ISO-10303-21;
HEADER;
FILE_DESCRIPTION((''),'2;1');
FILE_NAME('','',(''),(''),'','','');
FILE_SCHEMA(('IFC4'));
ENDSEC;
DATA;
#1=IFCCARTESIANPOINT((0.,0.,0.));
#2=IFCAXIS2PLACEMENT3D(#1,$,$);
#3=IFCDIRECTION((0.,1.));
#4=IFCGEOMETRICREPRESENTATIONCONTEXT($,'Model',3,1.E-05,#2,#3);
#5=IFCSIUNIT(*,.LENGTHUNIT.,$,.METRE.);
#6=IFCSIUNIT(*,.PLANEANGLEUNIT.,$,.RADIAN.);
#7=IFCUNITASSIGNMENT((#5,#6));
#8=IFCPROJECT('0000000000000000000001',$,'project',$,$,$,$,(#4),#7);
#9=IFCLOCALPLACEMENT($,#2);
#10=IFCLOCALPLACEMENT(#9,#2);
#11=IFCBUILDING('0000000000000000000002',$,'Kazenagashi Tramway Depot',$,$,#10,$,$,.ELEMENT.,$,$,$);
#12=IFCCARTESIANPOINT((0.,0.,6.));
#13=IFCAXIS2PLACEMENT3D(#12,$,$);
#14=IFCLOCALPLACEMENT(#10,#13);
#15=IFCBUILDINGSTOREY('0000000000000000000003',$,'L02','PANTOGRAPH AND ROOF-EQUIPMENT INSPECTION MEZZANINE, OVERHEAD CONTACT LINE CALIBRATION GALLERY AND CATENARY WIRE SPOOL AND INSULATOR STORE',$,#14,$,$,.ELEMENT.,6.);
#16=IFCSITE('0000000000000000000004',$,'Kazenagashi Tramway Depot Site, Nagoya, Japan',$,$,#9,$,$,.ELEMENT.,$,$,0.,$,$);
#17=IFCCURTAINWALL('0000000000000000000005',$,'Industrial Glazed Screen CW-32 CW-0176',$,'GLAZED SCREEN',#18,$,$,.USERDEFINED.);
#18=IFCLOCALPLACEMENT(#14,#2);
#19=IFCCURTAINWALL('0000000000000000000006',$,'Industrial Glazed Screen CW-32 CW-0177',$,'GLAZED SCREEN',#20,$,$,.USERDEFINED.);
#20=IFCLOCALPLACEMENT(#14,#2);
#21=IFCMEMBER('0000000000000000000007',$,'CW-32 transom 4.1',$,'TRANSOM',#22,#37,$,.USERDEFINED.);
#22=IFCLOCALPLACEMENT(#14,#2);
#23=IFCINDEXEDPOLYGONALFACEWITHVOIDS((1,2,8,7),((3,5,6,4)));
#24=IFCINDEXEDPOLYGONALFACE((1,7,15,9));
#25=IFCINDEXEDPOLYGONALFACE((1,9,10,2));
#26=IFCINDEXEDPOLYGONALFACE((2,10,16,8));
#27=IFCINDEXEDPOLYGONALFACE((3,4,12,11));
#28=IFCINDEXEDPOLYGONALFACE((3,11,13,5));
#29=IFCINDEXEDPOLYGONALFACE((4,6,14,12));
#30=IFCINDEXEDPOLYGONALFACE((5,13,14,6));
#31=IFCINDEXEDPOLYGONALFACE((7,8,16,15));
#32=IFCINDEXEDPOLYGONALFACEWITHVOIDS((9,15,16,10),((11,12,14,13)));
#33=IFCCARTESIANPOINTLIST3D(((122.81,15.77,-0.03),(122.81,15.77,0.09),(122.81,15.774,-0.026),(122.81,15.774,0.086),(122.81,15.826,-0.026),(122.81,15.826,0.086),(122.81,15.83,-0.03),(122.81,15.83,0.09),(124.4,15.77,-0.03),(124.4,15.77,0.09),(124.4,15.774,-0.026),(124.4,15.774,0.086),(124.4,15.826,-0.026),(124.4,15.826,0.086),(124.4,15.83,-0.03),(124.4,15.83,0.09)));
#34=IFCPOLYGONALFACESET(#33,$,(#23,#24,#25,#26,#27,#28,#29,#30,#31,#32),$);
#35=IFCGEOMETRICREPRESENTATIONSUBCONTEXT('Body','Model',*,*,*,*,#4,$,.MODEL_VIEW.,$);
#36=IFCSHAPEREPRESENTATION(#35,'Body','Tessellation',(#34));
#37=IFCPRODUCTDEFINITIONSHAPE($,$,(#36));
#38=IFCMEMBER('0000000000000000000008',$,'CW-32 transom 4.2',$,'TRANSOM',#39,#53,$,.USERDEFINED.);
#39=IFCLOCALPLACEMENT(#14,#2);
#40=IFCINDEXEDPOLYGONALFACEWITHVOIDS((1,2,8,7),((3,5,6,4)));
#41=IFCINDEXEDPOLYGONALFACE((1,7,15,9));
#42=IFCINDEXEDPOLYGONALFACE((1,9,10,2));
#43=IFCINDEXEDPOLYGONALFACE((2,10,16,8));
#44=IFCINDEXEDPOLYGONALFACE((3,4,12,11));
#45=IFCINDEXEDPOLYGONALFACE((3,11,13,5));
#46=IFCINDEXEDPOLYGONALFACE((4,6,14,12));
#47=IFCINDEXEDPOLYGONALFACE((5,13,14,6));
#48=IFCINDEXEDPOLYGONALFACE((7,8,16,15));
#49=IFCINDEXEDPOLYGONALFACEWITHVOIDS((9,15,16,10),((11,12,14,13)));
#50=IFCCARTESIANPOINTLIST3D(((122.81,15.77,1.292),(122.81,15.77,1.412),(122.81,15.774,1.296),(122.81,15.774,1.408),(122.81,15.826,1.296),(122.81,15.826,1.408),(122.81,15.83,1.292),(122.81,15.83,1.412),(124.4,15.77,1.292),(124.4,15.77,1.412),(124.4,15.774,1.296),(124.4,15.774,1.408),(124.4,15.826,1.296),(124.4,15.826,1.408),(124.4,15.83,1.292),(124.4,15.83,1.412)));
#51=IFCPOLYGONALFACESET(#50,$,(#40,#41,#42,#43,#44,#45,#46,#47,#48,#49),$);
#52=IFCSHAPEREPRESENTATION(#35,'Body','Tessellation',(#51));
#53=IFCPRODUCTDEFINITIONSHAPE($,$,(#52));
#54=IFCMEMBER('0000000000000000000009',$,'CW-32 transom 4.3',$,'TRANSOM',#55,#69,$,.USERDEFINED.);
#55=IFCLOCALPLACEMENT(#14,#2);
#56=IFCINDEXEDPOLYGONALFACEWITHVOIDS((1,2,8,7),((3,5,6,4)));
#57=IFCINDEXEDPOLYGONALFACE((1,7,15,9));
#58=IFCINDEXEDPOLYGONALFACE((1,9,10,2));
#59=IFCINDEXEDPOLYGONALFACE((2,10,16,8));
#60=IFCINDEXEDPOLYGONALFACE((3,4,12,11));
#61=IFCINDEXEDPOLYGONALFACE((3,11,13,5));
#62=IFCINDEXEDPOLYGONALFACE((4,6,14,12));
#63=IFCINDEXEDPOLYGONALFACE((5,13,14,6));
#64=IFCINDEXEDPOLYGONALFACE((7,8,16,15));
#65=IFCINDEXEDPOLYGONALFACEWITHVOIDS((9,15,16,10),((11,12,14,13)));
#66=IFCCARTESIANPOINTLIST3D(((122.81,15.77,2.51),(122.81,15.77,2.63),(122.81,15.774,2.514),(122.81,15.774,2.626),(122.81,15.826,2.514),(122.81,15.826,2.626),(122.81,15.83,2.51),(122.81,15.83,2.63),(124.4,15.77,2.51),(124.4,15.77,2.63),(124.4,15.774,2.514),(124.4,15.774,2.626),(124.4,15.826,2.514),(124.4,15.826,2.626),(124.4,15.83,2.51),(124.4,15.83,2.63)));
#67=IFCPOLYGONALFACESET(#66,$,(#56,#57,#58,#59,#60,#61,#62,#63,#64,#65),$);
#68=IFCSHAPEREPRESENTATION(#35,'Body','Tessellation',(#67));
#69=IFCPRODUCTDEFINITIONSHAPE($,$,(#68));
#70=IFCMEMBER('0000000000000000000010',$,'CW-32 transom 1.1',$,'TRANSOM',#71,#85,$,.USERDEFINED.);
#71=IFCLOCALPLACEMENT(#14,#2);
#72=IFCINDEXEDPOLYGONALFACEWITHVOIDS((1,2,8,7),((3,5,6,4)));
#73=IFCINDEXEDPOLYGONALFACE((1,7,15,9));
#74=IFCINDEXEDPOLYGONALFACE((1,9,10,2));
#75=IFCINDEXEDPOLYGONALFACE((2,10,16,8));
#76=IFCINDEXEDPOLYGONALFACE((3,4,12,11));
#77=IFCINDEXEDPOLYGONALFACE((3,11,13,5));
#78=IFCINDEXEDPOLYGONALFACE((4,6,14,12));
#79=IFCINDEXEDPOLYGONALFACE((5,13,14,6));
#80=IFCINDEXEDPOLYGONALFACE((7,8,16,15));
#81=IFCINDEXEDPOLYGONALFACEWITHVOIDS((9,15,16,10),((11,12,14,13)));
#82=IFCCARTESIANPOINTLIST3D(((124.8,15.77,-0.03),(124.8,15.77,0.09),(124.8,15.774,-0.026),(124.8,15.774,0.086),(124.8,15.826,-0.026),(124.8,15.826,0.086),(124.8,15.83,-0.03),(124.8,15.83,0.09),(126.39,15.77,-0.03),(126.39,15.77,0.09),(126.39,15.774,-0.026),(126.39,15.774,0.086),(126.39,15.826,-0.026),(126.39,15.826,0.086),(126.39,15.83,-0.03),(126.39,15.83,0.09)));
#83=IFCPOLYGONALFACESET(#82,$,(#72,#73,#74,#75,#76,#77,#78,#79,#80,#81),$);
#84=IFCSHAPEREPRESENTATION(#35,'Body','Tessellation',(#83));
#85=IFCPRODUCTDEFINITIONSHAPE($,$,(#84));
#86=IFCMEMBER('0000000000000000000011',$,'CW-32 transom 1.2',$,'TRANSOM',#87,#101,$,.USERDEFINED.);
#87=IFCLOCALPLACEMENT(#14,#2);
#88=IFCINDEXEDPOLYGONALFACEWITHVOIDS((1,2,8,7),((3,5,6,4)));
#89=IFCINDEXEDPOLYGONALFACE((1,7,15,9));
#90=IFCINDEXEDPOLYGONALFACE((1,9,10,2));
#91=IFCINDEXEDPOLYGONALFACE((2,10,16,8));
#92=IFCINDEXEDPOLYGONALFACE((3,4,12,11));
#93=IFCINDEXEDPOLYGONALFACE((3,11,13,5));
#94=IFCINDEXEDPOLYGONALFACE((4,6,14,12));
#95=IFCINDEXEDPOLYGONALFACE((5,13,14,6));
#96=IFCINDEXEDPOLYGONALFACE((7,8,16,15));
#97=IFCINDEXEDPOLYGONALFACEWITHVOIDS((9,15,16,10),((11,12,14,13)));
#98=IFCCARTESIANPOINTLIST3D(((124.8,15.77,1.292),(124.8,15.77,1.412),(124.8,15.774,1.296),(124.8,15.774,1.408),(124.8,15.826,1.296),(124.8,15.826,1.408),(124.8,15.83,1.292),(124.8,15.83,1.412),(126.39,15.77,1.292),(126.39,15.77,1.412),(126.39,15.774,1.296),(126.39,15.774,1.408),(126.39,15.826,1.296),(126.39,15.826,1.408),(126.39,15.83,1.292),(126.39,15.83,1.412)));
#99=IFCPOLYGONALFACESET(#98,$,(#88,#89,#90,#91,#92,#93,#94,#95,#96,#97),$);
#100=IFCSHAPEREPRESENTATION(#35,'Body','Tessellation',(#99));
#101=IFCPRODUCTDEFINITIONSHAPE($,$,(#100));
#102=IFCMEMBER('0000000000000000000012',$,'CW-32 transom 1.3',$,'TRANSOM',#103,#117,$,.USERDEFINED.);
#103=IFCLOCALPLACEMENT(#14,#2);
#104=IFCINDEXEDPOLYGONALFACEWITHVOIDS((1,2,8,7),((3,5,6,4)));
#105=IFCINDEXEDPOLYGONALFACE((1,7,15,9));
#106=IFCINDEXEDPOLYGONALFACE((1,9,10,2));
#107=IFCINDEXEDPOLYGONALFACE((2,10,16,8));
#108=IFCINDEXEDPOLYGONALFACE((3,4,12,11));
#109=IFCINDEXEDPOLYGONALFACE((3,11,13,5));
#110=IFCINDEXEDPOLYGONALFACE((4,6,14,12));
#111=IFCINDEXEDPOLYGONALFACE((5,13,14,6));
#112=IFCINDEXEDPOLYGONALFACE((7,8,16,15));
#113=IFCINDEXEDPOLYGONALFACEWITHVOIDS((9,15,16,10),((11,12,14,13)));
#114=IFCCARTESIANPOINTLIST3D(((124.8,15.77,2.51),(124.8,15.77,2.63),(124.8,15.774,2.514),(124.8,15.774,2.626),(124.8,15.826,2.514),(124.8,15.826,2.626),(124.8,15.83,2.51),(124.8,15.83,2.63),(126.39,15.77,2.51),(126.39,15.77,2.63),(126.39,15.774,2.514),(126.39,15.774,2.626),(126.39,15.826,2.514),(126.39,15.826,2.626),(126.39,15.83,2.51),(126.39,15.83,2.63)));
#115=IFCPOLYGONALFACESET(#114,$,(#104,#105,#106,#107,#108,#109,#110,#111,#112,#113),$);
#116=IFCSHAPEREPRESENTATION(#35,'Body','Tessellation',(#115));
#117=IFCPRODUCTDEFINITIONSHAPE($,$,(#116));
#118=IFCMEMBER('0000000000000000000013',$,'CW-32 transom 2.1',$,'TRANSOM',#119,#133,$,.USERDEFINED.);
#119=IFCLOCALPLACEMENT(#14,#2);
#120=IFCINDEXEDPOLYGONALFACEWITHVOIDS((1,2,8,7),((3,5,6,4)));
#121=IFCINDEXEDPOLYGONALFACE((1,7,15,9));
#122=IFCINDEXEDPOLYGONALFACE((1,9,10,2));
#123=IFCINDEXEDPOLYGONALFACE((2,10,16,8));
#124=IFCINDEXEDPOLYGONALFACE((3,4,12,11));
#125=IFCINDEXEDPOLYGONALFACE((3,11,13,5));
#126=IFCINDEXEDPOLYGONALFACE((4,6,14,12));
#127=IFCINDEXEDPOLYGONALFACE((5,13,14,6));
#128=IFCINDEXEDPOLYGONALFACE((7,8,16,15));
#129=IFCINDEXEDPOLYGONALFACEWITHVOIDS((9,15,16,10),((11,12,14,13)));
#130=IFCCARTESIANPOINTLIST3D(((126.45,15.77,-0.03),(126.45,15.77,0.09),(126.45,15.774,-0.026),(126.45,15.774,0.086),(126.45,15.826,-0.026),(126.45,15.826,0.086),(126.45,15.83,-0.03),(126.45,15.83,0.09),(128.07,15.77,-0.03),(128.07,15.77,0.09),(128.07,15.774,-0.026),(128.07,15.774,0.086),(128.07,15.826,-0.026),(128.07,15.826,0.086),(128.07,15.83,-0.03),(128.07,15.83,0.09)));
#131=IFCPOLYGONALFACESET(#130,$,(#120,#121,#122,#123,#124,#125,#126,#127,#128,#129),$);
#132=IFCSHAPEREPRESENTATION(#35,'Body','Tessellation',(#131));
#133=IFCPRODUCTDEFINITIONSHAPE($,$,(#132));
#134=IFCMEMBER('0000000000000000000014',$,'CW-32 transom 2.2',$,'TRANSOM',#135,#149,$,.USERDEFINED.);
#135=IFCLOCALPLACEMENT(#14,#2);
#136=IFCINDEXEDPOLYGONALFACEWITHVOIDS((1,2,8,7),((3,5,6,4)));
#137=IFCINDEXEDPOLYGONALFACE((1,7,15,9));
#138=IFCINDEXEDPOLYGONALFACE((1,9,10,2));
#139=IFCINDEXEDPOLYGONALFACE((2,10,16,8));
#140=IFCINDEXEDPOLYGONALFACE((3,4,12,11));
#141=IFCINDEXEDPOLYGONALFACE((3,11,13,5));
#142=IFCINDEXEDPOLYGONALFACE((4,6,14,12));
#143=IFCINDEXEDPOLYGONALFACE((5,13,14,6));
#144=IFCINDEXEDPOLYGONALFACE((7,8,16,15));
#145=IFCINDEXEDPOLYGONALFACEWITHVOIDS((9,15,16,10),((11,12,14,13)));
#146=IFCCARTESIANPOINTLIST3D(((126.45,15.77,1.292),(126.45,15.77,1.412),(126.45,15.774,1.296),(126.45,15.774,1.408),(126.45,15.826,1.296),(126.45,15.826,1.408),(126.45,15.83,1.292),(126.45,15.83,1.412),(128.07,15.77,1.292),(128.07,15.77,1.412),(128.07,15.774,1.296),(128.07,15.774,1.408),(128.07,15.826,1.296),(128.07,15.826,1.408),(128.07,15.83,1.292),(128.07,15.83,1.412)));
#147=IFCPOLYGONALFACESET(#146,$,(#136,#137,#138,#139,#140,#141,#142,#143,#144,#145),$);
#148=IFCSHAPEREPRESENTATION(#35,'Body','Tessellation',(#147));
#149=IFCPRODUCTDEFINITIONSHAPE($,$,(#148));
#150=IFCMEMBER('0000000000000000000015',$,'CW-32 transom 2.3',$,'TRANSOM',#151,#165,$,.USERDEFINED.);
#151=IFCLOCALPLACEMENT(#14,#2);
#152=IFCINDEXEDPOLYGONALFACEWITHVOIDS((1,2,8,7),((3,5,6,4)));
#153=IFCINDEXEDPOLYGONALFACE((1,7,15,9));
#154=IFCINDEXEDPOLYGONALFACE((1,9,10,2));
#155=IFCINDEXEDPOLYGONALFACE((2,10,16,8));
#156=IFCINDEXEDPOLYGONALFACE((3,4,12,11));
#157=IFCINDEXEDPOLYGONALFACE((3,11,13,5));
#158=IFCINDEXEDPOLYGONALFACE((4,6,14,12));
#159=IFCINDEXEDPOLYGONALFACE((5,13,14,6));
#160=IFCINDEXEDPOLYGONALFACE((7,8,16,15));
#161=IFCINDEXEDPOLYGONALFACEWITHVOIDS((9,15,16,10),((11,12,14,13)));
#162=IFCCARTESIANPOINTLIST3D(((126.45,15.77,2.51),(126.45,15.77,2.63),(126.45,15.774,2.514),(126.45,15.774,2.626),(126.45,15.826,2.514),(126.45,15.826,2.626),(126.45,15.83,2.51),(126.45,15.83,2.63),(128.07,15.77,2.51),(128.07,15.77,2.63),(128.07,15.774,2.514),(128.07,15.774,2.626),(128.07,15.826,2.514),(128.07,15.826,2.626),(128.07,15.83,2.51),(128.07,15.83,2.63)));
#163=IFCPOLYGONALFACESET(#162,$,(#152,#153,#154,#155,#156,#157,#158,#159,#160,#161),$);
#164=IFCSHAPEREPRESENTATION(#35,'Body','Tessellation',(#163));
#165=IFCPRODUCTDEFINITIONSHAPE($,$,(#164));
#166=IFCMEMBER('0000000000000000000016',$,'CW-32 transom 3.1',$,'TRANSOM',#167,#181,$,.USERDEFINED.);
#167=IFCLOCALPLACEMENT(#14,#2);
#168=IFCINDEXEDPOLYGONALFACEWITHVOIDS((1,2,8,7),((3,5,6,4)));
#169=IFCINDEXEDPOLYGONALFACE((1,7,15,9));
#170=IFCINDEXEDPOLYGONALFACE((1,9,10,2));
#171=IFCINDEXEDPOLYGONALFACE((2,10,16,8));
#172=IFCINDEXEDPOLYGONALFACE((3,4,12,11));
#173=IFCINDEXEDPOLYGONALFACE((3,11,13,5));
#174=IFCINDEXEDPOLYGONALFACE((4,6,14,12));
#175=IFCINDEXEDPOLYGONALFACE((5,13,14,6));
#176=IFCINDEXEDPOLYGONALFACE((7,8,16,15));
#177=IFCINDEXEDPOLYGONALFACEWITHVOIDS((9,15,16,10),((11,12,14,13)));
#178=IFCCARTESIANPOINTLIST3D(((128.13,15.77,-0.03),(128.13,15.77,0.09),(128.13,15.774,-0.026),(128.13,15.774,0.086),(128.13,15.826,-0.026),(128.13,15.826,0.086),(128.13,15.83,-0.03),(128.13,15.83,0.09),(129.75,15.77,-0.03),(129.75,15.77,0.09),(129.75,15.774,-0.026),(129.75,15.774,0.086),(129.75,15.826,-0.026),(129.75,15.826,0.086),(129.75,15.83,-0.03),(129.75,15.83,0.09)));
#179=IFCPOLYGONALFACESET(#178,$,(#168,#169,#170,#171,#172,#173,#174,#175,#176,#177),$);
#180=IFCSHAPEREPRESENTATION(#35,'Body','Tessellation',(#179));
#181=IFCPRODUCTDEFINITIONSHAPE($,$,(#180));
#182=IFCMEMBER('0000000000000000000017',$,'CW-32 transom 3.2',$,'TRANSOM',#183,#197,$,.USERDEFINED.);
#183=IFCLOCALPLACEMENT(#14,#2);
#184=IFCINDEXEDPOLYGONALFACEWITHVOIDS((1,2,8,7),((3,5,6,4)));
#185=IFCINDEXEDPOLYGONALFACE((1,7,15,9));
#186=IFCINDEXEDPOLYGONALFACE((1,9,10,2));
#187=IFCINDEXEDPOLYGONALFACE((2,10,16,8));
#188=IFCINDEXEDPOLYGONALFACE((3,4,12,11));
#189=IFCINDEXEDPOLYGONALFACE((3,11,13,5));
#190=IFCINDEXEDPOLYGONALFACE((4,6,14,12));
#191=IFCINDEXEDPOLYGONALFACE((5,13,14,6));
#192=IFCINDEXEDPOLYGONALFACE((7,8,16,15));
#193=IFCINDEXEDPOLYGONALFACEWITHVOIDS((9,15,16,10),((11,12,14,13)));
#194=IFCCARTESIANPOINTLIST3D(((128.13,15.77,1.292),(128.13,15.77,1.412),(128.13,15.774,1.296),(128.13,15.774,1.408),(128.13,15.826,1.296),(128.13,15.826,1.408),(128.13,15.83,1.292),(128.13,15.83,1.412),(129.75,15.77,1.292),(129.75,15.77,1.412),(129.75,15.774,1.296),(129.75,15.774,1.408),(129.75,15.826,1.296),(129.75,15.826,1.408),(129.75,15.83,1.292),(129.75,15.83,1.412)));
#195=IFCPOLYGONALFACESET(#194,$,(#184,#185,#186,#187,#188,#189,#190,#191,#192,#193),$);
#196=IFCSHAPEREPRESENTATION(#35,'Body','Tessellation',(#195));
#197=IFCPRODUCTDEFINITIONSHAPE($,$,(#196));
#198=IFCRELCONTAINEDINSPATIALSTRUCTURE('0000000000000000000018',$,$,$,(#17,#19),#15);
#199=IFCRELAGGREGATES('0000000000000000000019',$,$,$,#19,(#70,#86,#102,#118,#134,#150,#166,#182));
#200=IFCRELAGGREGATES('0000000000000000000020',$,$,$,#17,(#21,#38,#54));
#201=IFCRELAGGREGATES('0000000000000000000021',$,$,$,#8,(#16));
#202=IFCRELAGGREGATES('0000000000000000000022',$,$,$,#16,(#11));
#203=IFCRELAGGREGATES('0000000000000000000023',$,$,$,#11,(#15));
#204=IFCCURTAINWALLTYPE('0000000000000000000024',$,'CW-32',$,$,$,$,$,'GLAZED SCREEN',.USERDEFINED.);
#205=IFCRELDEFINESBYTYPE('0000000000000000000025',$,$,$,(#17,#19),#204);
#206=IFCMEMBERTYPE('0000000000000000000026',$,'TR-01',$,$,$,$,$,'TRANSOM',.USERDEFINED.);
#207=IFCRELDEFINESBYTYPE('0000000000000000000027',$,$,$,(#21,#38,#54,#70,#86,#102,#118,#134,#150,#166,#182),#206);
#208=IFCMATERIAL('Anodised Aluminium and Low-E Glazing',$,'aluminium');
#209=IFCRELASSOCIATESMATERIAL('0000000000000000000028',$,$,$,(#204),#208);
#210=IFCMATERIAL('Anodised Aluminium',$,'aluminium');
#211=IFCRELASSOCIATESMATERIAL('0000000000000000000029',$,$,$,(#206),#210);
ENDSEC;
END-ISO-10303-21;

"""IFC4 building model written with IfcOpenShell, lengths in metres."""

from ifc_helpers import new_model, si_unit, direction, frame, origin, origin_2d, place, context, subcontext, project, spatial, hollow_rectangle, extrude, material, material_profile, profile_set, type_object, element, aggregate, save


model = new_model("IFC4")

# Units and contexts
model_context = context("Model", 3, precision=1e-05, world=origin(), true_north=direction((0.0, 1.0)))
body_context = subcontext(model_context, "Body", "Model", "MODEL_VIEW")
ifc_project = project(units=[si_unit("LENGTHUNIT", "METRE"), si_unit("PLANEANGLEUNIT", "RADIAN")], contexts=[model_context])

# Site, building, storey
site_placement = place(None, origin())
site = spatial("IfcSite", under=ifc_project, at=site_placement, Name="Kazenagashi Tramway Depot Site, Nagoya, Japan", CompositionType="ELEMENT", RefElevation=0.0)
building_placement = place(site_placement, origin())
building = spatial("IfcBuilding", under=site, at=building_placement, Name="Kazenagashi Tramway Depot", CompositionType="ELEMENT")
storey_placement = place(building_placement, frame((0.0, 0.0, 6.0)))
storey = spatial("IfcBuildingStorey", under=building, at=storey_placement, Name="L02", Description="PANTOGRAPH AND ROOF-EQUIPMENT INSPECTION MEZZANINE, OVERHEAD CONTACT LINE CALIBRATION GALLERY AND CATENARY WIRE SPOOL AND INSULATOR STORE", CompositionType="ELEMENT", Elevation=6.0)

# Curtain wall
ifc_material_1 = material(Name="Anodised Aluminium and Low-E Glazing", Category="aluminium")
curtain_wall_type_1 = type_object("IfcCurtainWallType", Name="CW-32", ElementType="GLAZED SCREEN", PredefinedType="USERDEFINED", material=ifc_material_1)
curtain_wall_1_placement = place(storey_placement, origin())
curtain_wall_1 = element("IfcCurtainWall", 1, at=curtain_wall_1_placement, inside=storey, type_object=curtain_wall_type_1, Name="Industrial Glazed Screen CW-32 CW-0176", ObjectType="GLAZED SCREEN", PredefinedType="USERDEFINED")
ifc_material_2 = material(Name="Anodised Aluminium", Category="aluminium")

# Curtain wall
curtain_wall_2_placement = place(storey_placement, origin())
curtain_wall_2 = element("IfcCurtainWall", 2, at=curtain_wall_2_placement, inside=storey, type_object=curtain_wall_type_1, Name="Industrial Glazed Screen CW-32 CW-0177", ObjectType="GLAZED SCREEN", PredefinedType="USERDEFINED")

# Members
ifc_material_profile_1 = material_profile(ifc_material_2, hollow_rectangle(XDim=0.06, YDim=0.12, WallThickness=0.004, at=origin_2d()), Name="RHS-120x60x4")
ifc_profile_set_1 = profile_set([ifc_material_profile_1], Name="Anodised Aluminium")
member_type_1 = type_object("IfcMemberType", Name="TR-01", ElementType="TRANSOM", PredefinedType="USERDEFINED", material=ifc_profile_set_1)
member_1_placement = place(storey_placement, frame((122.81, 15.8, 0.03), z_axis=(1.0, 0.0, 0.0), x_axis=(0.0, 1.0, 0.0)))
member_1 = element("IfcMember", 3, at=member_1_placement, type_object=member_type_1, Name="CW-32 transom 4.1", ObjectType="TRANSOM", PredefinedType="USERDEFINED", context=body_context, shape_type="SweptSolid", body=[
    extrude(hollow_rectangle(XDim=0.06, YDim=0.12, WallThickness=0.004, at=origin_2d()), origin(), (0.0, 0.0, 1.0), 1.59),
])
member_2_placement = place(storey_placement, frame((122.81, 15.8, 1.352), z_axis=(1.0, 0.0, 0.0), x_axis=(0.0, 1.0, 0.0)))
member_2 = element("IfcMember", 4, at=member_2_placement, type_object=member_type_1, Name="CW-32 transom 4.2", ObjectType="TRANSOM", PredefinedType="USERDEFINED", context=body_context, shape_type="SweptSolid", body=[
    extrude(hollow_rectangle(XDim=0.06, YDim=0.12, WallThickness=0.004, at=origin_2d()), origin(), (0.0, 0.0, 1.0), 1.59),
])
member_3_placement = place(storey_placement, frame((122.81, 15.8, 2.57), z_axis=(1.0, 0.0, 0.0), x_axis=(0.0, 1.0, 0.0)))
member_3 = element("IfcMember", 5, at=member_3_placement, type_object=member_type_1, Name="CW-32 transom 4.3", ObjectType="TRANSOM", PredefinedType="USERDEFINED", context=body_context, shape_type="SweptSolid", body=[
    extrude(hollow_rectangle(XDim=0.06, YDim=0.12, WallThickness=0.004, at=origin_2d()), origin(), (0.0, 0.0, 1.0), 1.59),
])
member_4_placement = place(storey_placement, frame((124.8, 15.8, 0.03), z_axis=(1.0, 0.0, 0.0), x_axis=(0.0, 1.0, 0.0)))
member_4 = element("IfcMember", 6, at=member_4_placement, type_object=member_type_1, Name="CW-32 transom 1.1", ObjectType="TRANSOM", PredefinedType="USERDEFINED", context=body_context, shape_type="SweptSolid", body=[
    extrude(hollow_rectangle(XDim=0.06, YDim=0.12, WallThickness=0.004, at=origin_2d()), origin(), (0.0, 0.0, 1.0), 1.59),
])
member_5_placement = place(storey_placement, frame((124.8, 15.8, 1.352), z_axis=(1.0, 0.0, 0.0), x_axis=(0.0, 1.0, 0.0)))
member_5 = element("IfcMember", 7, at=member_5_placement, type_object=member_type_1, Name="CW-32 transom 1.2", ObjectType="TRANSOM", PredefinedType="USERDEFINED", context=body_context, shape_type="SweptSolid", body=[
    extrude(hollow_rectangle(XDim=0.06, YDim=0.12, WallThickness=0.004, at=origin_2d()), origin(), (0.0, 0.0, 1.0), 1.59),
])
member_6_placement = place(storey_placement, frame((124.8, 15.8, 2.57), z_axis=(1.0, 0.0, 0.0), x_axis=(0.0, 1.0, 0.0)))
member_6 = element("IfcMember", 8, at=member_6_placement, type_object=member_type_1, Name="CW-32 transom 1.3", ObjectType="TRANSOM", PredefinedType="USERDEFINED", context=body_context, shape_type="SweptSolid", body=[
    extrude(hollow_rectangle(XDim=0.06, YDim=0.12, WallThickness=0.004, at=origin_2d()), origin(), (0.0, 0.0, 1.0), 1.59),
])
member_7_placement = place(storey_placement, frame((126.45, 15.8, 0.03), z_axis=(1.0, 0.0, 0.0), x_axis=(0.0, 1.0, 0.0)))
member_7 = element("IfcMember", 9, at=member_7_placement, type_object=member_type_1, Name="CW-32 transom 2.1", ObjectType="TRANSOM", PredefinedType="USERDEFINED", context=body_context, shape_type="SweptSolid", body=[
    extrude(hollow_rectangle(XDim=0.06, YDim=0.12, WallThickness=0.004, at=origin_2d()), origin(), (0.0, 0.0, 1.0), 1.62),
])
member_8_placement = place(storey_placement, frame((126.45, 15.8, 1.352), z_axis=(1.0, 0.0, 0.0), x_axis=(0.0, 1.0, 0.0)))
member_8 = element("IfcMember", 10, at=member_8_placement, type_object=member_type_1, Name="CW-32 transom 2.2", ObjectType="TRANSOM", PredefinedType="USERDEFINED", context=body_context, shape_type="SweptSolid", body=[
    extrude(hollow_rectangle(XDim=0.06, YDim=0.12, WallThickness=0.004, at=origin_2d()), origin(), (0.0, 0.0, 1.0), 1.62),
])
member_9_placement = place(storey_placement, frame((126.45, 15.8, 2.57), z_axis=(1.0, 0.0, 0.0), x_axis=(0.0, 1.0, 0.0)))
member_9 = element("IfcMember", 11, at=member_9_placement, type_object=member_type_1, Name="CW-32 transom 2.3", ObjectType="TRANSOM", PredefinedType="USERDEFINED", context=body_context, shape_type="SweptSolid", body=[
    extrude(hollow_rectangle(XDim=0.06, YDim=0.12, WallThickness=0.004, at=origin_2d()), origin(), (0.0, 0.0, 1.0), 1.62),
])
member_10_placement = place(storey_placement, frame((128.13, 15.8, 0.03), z_axis=(1.0, 0.0, 0.0), x_axis=(0.0, 1.0, 0.0)))
member_10 = element("IfcMember", 12, at=member_10_placement, type_object=member_type_1, Name="CW-32 transom 3.1", ObjectType="TRANSOM", PredefinedType="USERDEFINED", context=body_context, shape_type="SweptSolid", body=[
    extrude(hollow_rectangle(XDim=0.06, YDim=0.12, WallThickness=0.004, at=origin_2d()), origin(), (0.0, 0.0, 1.0), 1.62),
])
member_11_placement = place(storey_placement, frame((128.13, 15.8, 1.352), z_axis=(1.0, 0.0, 0.0), x_axis=(0.0, 1.0, 0.0)))
member_11 = element("IfcMember", 13, at=member_11_placement, type_object=member_type_1, Name="CW-32 transom 3.2", ObjectType="TRANSOM", PredefinedType="USERDEFINED", context=body_context, shape_type="SweptSolid", body=[
    extrude(hollow_rectangle(XDim=0.06, YDim=0.12, WallThickness=0.004, at=origin_2d()), origin(), (0.0, 0.0, 1.0), 1.62),
])

aggregate(curtain_wall_2, [member_4, member_5, member_6, member_7, member_8, member_9, member_10, member_11])
aggregate(curtain_wall_1, [member_1, member_2, member_3])

save(model, "model.ifc")
